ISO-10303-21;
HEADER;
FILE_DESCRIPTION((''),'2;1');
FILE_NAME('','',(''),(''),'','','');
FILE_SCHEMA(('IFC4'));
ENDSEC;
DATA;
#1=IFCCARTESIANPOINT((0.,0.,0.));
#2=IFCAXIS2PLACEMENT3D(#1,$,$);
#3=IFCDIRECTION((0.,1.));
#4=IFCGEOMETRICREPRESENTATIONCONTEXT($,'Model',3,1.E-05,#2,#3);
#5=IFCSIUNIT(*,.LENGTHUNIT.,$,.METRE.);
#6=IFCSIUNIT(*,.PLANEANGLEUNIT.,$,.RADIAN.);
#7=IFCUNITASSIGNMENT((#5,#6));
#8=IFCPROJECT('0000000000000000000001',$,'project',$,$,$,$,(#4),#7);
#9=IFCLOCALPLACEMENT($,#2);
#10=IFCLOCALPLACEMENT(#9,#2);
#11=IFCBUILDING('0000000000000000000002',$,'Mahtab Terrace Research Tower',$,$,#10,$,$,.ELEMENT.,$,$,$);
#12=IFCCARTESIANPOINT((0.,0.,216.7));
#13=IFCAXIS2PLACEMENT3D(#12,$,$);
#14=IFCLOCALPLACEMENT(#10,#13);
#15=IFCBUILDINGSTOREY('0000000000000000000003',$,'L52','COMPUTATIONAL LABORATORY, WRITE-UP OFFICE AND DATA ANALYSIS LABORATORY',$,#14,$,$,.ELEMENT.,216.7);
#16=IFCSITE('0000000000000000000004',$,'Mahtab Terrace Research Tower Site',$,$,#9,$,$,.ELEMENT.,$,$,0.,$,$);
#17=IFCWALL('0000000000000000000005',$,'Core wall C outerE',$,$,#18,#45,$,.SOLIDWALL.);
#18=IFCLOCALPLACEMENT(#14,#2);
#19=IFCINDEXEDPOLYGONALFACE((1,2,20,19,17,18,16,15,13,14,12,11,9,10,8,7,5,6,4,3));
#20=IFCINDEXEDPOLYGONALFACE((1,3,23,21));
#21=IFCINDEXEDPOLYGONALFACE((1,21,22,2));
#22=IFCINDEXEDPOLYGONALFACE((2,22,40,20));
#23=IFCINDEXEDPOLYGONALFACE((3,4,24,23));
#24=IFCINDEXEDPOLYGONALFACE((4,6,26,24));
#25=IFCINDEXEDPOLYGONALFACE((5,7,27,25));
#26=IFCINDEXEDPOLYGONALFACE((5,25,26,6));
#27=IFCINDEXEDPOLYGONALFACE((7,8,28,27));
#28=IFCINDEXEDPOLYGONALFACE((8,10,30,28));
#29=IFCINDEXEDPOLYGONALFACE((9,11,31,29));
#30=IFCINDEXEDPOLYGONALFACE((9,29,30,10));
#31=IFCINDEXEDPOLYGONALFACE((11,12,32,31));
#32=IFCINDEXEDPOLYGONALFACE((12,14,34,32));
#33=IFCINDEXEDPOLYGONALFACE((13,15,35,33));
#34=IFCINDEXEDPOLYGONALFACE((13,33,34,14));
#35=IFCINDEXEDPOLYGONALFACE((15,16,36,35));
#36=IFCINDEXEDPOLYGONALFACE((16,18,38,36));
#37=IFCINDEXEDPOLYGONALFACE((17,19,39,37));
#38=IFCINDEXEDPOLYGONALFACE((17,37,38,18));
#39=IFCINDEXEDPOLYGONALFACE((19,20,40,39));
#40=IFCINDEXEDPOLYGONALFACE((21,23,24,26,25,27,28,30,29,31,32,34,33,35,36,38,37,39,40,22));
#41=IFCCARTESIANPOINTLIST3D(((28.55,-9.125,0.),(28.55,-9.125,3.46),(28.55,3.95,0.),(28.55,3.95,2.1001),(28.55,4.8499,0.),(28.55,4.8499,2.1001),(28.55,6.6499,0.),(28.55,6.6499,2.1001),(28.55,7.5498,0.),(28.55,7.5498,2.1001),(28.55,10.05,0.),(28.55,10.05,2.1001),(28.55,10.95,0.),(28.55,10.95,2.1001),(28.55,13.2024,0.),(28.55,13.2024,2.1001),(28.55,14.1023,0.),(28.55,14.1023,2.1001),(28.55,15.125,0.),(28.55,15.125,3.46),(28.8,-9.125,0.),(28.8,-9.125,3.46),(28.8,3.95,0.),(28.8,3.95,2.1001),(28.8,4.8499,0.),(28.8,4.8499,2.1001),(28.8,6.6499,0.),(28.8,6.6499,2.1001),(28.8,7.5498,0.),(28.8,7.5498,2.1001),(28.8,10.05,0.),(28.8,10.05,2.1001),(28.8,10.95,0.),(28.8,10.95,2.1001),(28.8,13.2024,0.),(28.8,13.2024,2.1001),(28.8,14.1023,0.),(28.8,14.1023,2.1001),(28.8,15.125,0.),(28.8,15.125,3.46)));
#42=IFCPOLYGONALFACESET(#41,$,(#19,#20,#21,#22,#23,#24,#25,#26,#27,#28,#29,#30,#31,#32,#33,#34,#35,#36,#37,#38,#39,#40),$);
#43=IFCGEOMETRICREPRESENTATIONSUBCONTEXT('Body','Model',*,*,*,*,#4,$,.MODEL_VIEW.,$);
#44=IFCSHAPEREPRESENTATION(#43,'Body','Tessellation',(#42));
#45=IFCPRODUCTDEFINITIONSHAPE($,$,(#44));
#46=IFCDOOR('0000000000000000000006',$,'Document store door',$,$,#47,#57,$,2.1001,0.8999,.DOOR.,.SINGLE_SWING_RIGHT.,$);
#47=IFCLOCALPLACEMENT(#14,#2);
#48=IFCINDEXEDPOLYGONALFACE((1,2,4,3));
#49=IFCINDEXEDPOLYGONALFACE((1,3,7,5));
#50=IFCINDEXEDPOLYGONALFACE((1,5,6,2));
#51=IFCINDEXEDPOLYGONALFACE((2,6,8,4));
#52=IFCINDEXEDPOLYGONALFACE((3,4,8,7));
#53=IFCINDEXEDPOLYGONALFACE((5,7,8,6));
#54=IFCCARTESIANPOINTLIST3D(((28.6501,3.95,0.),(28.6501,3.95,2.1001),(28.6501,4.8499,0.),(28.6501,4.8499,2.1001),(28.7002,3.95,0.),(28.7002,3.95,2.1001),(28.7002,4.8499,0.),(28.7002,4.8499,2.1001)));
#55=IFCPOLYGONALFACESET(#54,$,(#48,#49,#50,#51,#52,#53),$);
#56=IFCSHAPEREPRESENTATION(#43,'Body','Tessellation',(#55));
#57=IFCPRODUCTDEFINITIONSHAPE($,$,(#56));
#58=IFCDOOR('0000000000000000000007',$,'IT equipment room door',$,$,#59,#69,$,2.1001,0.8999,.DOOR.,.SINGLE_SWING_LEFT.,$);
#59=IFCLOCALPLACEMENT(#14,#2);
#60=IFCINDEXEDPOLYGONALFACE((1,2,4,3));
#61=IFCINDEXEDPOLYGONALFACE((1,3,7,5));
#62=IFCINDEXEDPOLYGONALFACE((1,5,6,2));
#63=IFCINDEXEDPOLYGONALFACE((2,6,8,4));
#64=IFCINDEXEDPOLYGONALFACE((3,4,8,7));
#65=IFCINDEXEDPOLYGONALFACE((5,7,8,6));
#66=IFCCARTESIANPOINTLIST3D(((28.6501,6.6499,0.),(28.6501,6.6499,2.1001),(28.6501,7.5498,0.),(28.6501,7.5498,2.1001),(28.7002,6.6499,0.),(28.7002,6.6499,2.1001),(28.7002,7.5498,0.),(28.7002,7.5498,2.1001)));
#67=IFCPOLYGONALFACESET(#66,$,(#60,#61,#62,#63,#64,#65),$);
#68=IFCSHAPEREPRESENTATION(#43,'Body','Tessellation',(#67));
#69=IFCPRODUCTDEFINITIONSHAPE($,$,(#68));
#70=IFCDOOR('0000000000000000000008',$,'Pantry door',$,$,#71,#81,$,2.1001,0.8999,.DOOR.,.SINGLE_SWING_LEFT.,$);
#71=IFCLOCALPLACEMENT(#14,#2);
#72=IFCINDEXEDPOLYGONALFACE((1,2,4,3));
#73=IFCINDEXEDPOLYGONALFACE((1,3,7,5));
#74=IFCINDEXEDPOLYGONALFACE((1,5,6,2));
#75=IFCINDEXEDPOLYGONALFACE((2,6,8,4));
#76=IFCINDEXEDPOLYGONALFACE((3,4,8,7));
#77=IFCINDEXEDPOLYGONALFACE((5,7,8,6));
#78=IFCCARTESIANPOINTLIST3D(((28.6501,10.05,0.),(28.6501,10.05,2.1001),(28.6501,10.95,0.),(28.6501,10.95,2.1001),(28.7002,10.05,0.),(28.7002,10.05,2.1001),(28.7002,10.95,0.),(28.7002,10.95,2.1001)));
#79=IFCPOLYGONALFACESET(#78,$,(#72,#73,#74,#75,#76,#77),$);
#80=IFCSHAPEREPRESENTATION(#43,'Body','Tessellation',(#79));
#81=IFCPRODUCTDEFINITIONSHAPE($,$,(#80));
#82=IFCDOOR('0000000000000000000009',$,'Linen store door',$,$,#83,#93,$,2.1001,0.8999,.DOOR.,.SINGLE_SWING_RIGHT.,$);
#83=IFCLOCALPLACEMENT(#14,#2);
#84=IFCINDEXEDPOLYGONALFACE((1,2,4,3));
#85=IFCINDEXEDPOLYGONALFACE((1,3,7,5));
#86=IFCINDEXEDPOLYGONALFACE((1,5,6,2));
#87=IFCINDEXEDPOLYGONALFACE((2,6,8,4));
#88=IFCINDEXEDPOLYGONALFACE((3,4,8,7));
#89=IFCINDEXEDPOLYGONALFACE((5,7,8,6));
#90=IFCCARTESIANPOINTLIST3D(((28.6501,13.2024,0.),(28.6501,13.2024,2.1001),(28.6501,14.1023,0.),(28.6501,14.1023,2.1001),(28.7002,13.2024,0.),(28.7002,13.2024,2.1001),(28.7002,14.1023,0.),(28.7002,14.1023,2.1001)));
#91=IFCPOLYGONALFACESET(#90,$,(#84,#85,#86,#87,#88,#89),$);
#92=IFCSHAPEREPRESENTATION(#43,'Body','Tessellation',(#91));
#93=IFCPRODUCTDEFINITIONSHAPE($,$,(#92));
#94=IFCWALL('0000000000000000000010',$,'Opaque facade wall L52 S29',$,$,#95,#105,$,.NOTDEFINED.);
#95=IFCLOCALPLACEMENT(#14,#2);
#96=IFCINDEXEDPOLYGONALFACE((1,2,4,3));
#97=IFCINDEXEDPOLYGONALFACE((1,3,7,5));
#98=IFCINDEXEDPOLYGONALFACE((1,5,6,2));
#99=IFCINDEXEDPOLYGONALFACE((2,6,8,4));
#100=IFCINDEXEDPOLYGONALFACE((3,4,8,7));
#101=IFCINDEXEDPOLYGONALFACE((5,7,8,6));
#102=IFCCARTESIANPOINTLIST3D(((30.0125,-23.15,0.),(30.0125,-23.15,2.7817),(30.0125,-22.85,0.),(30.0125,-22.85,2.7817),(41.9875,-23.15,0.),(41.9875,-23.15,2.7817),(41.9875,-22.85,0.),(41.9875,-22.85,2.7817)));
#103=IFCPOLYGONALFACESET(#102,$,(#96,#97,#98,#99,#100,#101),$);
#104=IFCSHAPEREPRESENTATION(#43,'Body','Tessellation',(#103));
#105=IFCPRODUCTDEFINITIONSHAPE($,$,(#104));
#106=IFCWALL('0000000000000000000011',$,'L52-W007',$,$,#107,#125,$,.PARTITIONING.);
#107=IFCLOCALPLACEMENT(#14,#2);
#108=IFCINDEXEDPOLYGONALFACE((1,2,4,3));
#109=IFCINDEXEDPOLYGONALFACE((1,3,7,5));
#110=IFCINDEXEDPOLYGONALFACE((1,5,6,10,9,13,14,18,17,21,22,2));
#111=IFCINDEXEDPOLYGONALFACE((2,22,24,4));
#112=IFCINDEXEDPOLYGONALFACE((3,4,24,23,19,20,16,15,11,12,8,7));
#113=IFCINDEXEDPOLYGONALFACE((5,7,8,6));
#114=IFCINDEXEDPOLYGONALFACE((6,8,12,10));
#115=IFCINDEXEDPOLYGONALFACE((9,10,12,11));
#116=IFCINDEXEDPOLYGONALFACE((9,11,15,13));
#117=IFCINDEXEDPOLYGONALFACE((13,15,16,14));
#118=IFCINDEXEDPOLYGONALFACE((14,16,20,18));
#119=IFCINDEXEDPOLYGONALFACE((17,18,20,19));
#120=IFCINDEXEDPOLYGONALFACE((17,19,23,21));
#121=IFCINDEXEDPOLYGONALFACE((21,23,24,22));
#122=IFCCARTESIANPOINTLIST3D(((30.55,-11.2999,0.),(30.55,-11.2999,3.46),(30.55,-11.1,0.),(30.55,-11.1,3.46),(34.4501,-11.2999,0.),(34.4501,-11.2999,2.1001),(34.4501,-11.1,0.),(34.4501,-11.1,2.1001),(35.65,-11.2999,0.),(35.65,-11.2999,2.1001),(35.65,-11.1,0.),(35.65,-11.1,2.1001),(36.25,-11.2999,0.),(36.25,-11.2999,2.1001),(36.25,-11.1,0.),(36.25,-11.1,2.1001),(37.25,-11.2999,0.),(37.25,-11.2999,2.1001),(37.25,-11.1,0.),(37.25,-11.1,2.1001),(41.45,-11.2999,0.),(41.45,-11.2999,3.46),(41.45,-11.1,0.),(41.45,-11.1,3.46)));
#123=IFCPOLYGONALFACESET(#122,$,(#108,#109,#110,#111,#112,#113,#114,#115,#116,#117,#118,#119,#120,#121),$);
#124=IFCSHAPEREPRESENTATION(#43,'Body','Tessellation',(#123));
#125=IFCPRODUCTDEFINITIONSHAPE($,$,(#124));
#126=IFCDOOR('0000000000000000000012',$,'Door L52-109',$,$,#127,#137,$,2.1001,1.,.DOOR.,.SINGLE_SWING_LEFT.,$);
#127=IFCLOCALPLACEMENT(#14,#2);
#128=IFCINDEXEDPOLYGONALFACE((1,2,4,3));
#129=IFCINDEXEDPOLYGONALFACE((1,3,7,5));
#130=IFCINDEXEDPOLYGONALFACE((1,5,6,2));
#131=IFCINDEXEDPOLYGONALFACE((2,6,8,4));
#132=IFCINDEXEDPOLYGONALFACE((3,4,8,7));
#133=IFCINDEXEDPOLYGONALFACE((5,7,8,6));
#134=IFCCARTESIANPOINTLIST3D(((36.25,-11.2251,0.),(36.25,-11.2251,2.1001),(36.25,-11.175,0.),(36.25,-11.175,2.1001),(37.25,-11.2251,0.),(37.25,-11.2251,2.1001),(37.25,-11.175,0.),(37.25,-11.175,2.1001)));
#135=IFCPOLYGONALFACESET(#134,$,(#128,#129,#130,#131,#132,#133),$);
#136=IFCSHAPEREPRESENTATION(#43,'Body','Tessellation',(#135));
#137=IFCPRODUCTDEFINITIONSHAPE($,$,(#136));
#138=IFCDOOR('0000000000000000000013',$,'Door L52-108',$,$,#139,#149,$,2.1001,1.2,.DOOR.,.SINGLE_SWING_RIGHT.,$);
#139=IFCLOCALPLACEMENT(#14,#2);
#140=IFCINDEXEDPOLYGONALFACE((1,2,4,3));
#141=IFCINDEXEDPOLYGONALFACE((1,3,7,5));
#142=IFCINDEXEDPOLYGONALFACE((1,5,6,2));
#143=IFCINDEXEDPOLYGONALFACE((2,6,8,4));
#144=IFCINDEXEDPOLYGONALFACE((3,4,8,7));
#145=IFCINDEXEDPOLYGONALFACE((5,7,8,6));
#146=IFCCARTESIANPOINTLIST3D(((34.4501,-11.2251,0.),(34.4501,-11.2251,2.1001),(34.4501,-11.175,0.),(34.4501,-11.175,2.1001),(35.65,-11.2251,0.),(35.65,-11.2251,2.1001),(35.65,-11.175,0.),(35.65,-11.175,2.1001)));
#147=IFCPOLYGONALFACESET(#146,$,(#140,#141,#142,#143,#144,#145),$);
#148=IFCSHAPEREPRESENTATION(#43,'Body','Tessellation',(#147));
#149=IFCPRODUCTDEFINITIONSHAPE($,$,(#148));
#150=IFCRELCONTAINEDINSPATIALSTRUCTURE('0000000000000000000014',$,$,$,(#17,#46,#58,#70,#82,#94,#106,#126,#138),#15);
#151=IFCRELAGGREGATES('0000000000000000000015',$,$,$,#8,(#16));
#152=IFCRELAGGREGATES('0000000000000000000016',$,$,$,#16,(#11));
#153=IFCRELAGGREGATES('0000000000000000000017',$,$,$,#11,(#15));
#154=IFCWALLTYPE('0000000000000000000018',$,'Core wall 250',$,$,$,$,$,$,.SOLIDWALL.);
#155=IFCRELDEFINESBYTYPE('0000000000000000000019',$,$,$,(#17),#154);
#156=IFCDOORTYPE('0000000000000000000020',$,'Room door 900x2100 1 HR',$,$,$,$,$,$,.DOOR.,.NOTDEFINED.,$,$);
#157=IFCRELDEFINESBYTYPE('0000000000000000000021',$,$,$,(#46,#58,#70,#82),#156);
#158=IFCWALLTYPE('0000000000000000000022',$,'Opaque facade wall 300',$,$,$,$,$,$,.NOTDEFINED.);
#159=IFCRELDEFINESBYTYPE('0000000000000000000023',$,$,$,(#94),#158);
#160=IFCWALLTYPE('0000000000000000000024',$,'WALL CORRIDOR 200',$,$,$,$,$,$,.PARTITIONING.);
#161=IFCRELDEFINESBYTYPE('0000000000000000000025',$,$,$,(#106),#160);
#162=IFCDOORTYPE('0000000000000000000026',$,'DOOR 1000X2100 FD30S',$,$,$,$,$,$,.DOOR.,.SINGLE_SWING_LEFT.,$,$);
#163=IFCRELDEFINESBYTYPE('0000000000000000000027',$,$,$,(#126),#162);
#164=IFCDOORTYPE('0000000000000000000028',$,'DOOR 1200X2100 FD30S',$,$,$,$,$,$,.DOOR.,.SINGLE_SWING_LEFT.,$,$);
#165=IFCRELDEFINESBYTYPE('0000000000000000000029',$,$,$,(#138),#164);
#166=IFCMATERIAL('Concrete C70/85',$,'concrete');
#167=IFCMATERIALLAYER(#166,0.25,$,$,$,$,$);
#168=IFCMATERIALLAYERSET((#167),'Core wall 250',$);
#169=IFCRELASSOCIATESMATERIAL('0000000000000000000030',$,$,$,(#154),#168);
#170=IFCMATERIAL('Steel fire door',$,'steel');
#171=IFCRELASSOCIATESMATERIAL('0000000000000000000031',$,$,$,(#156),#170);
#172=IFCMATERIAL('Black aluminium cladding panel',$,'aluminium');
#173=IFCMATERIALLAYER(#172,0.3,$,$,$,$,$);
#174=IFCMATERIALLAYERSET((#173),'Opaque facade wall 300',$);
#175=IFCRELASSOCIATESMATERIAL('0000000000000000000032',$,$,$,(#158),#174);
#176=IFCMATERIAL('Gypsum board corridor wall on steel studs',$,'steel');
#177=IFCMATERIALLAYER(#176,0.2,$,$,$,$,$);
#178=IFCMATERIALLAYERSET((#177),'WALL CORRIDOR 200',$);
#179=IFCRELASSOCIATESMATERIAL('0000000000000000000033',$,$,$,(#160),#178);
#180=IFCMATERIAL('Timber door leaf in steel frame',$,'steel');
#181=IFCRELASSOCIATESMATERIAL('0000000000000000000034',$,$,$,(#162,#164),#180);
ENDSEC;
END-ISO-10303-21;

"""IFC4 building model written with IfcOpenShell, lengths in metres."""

from ifc_helpers import new_model, si_unit, direction, frame, frame_2d, origin, place, context, subcontext, project, spatial, rectangle, extrude, material, layer, layer_set, type_object, element, fill, save


model = new_model("IFC4")

# Units and contexts
model_context = context("Model", 3, precision=1e-05, world=origin(), true_north=direction((0.0, 1.0)))
body_context = subcontext(model_context, "Body", "Model", "MODEL_VIEW")
ifc_project = project(units=[si_unit("LENGTHUNIT", "METRE"), si_unit("PLANEANGLEUNIT", "RADIAN")], contexts=[model_context])

# Site, building, storey
site_placement = place(None, origin())
site = spatial("IfcSite", under=ifc_project, at=site_placement, Name="Mahtab Terrace Research Tower Site", CompositionType="ELEMENT", RefElevation=0.0)
building_placement = place(site_placement, origin())
building = spatial("IfcBuilding", under=site, at=building_placement, Name="Mahtab Terrace Research Tower", CompositionType="ELEMENT")
storey_placement = place(building_placement, frame((0.0, 0.0, 216.7)))
storey = spatial("IfcBuildingStorey", under=building, at=storey_placement, Name="L52", Description="COMPUTATIONAL LABORATORY, WRITE-UP OFFICE AND DATA ANALYSIS LABORATORY", CompositionType="ELEMENT", Elevation=216.7)

# Shared definitions
ifc_material_1 = material(Name="Concrete C70/85", Category="concrete")

# Wall, openings, doors
ifc_layer_1 = layer(ifc_material_1, 0.25)
ifc_layer_set_1 = layer_set([ifc_layer_1], Name="Core wall 250")
wall_type_1 = type_object("IfcWallType", Name="Core wall 250", PredefinedType="SOLIDWALL", material=ifc_layer_set_1)
wall_1_placement = place(storey_placement, frame((28.675, -9.125, 0.0), z_axis=(0.0, 0.0, 1.0), x_axis=(0.0, 1.0, 0.0)))
wall_1 = element("IfcWall", 1, at=wall_1_placement, inside=storey, type_object=wall_type_1, Name="Core wall C outerE", PredefinedType="SOLIDWALL", context=body_context, shape_type="SweptSolid", body=[
    extrude(rectangle(XDim=24.25, YDim=0.25, at=frame_2d((12.125, 0.0))), origin(), (0.0, 0.0, 1.0), 3.46),
])
opening_1_placement = place(wall_1_placement, frame((13.075, 0.0, 0.0)))
opening_1 = element("IfcOpeningElement", 2, at=opening_1_placement, cuts=wall_1, PredefinedType="OPENING", context=body_context, shape_type="SweptSolid", body=[
    extrude(rectangle(XDim=0.8999, YDim=2.1001, at=frame_2d((0.45, 1.05))), frame((0.0, 0.135, 0.0), z_axis=(0.0, -1.0, 0.0), x_axis=(1.0, 0.0, 0.0)), (0.0, 0.0, 1.0), 0.27),
])
opening_2_placement = place(wall_1_placement, frame((15.7749, 0.0, 0.0)))
opening_2 = element("IfcOpeningElement", 3, at=opening_2_placement, cuts=wall_1, PredefinedType="OPENING", context=body_context, shape_type="SweptSolid", body=[
    extrude(rectangle(XDim=0.8999, YDim=2.1001, at=frame_2d((0.45, 1.05))), frame((0.0, 0.135, 0.0), z_axis=(0.0, -1.0, 0.0), x_axis=(1.0, 0.0, 0.0)), (0.0, 0.0, 1.0), 0.27),
])
opening_3_placement = place(wall_1_placement, frame((19.175, 0.0, 0.0)))
opening_3 = element("IfcOpeningElement", 4, at=opening_3_placement, cuts=wall_1, PredefinedType="OPENING", context=body_context, shape_type="SweptSolid", body=[
    extrude(rectangle(XDim=0.8999, YDim=2.1001, at=frame_2d((0.45, 1.05))), frame((0.0, 0.135, 0.0), z_axis=(0.0, -1.0, 0.0), x_axis=(1.0, 0.0, 0.0)), (0.0, 0.0, 1.0), 0.27),
])
opening_4_placement = place(wall_1_placement, frame((22.3274, 0.0, 0.0)))
opening_4 = element("IfcOpeningElement", 5, at=opening_4_placement, cuts=wall_1, PredefinedType="OPENING", context=body_context, shape_type="SweptSolid", body=[
    extrude(rectangle(XDim=0.8999, YDim=2.1001, at=frame_2d((0.45, 1.05))), frame((0.0, 0.135, 0.0), z_axis=(0.0, -1.0, 0.0), x_axis=(1.0, 0.0, 0.0)), (0.0, 0.0, 1.0), 0.27),
])
ifc_material_2 = material(Name="Steel fire door", Category="steel")
door_type_1 = type_object("IfcDoorType", Name="Room door 900x2100 1 HR", OperationType="NOTDEFINED", PredefinedType="DOOR", material=ifc_material_2)
door_1_placement = place(opening_1_placement, origin())
door_1 = element("IfcDoor", 6, at=door_1_placement, inside=storey, type_object=door_type_1, Name="Document store door", OperationType="SINGLE_SWING_RIGHT", OverallHeight=2.1001, OverallWidth=0.8999, PredefinedType="DOOR", context=body_context, shape_type="SweptSolid", body=[
    extrude(rectangle(XDim=0.8999, YDim=2.1001, at=frame_2d((0.45, 1.05))), frame((0.0, 0.0249, 0.0), z_axis=(0.0, -1.0, 0.0), x_axis=(1.0, 0.0, 0.0)), (0.0, 0.0, 1.0), 0.05),
])
fill(opening_1, door_1)
door_2_placement = place(opening_2_placement, origin())
door_2 = element("IfcDoor", 7, at=door_2_placement, inside=storey, type_object=door_type_1, Name="IT equipment room door", OperationType="SINGLE_SWING_LEFT", OverallHeight=2.1001, OverallWidth=0.8999, PredefinedType="DOOR", context=body_context, shape_type="SweptSolid", body=[
    extrude(rectangle(XDim=0.8999, YDim=2.1001, at=frame_2d((0.45, 1.05))), frame((0.0, 0.0249, 0.0), z_axis=(0.0, -1.0, 0.0), x_axis=(1.0, 0.0, 0.0)), (0.0, 0.0, 1.0), 0.05),
])
fill(opening_2, door_2)
door_3_placement = place(opening_3_placement, origin())
door_3 = element("IfcDoor", 8, at=door_3_placement, inside=storey, type_object=door_type_1, Name="Pantry door", OperationType="SINGLE_SWING_LEFT", OverallHeight=2.1001, OverallWidth=0.8999, PredefinedType="DOOR", context=body_context, shape_type="SweptSolid", body=[
    extrude(rectangle(XDim=0.8999, YDim=2.1001, at=frame_2d((0.45, 1.05))), frame((0.0, 0.0249, 0.0), z_axis=(0.0, -1.0, 0.0), x_axis=(1.0, 0.0, 0.0)), (0.0, 0.0, 1.0), 0.05),
])
fill(opening_3, door_3)
door_4_placement = place(opening_4_placement, origin())
door_4 = element("IfcDoor", 9, at=door_4_placement, inside=storey, type_object=door_type_1, Name="Linen store door", OperationType="SINGLE_SWING_RIGHT", OverallHeight=2.1001, OverallWidth=0.8999, PredefinedType="DOOR", context=body_context, shape_type="SweptSolid", body=[
    extrude(rectangle(XDim=0.8999, YDim=2.1001, at=frame_2d((0.45, 1.05))), frame((0.0, 0.0249, 0.0), z_axis=(0.0, -1.0, 0.0), x_axis=(1.0, 0.0, 0.0)), (0.0, 0.0, 1.0), 0.05),
])
fill(opening_4, door_4)

# Wall
ifc_material_3 = material(Name="Black aluminium cladding panel", Category="aluminium")
ifc_layer_2 = layer(ifc_material_3, 0.3)
ifc_layer_set_2 = layer_set([ifc_layer_2], Name="Opaque facade wall 300")
wall_type_2 = type_object("IfcWallType", Name="Opaque facade wall 300", PredefinedType="NOTDEFINED", material=ifc_layer_set_2)
wall_2_placement = place(storey_placement, frame((30.0125, -23.0, 0.0), z_axis=(0.0, 0.0, 1.0), x_axis=(1.0, 0.0, 0.0)))
element("IfcWall", 10, at=wall_2_placement, inside=storey, type_object=wall_type_2, Name="Opaque facade wall L52 S29", PredefinedType="NOTDEFINED", context=body_context, shape_type="SweptSolid", body=[
    extrude(rectangle(XDim=11.9751, YDim=0.3, at=frame_2d((5.9875, 0.0))), origin(), (0.0, 0.0, 1.0), 2.7817),
])

# Wall, openings, doors
ifc_material_4 = material(Name="Gypsum board corridor wall on steel studs", Category="steel")
ifc_layer_3 = layer(ifc_material_4, 0.2)
ifc_layer_set_3 = layer_set([ifc_layer_3], Name="WALL CORRIDOR 200")
wall_type_3 = type_object("IfcWallType", Name="WALL CORRIDOR 200", PredefinedType="PARTITIONING", material=ifc_layer_set_3)
wall_3_placement = place(storey_placement, frame((30.55, -11.2, 0.0), z_axis=(0.0, 0.0, 1.0), x_axis=(1.0, 0.0, 0.0)))
wall_3 = element("IfcWall", 11, at=wall_3_placement, inside=storey, type_object=wall_type_3, Name="L52-W007", PredefinedType="PARTITIONING", context=body_context, shape_type="SweptSolid", body=[
    extrude(rectangle(XDim=10.8999, YDim=0.2, at=frame_2d((5.45, 0.0))), origin(), (0.0, 0.0, 1.0), 3.46),
])
opening_5_placement = place(wall_3_placement, frame((3.8999, 0.0, 0.0)))
opening_5 = element("IfcOpeningElement", 12, at=opening_5_placement, cuts=wall_3, PredefinedType="OPENING", context=body_context, shape_type="SweptSolid", body=[
    extrude(rectangle(XDim=1.2, YDim=2.1001, at=frame_2d((0.6001, 1.05))), frame((0.0, 0.1099, 0.0), z_axis=(0.0, -1.0, 0.0), x_axis=(1.0, 0.0, 0.0)), (0.0, 0.0, 1.0), 0.22),
])
opening_6_placement = place(wall_3_placement, frame((5.7, 0.0, 0.0)))
opening_6 = element("IfcOpeningElement", 13, at=opening_6_placement, cuts=wall_3, PredefinedType="OPENING", context=body_context, shape_type="SweptSolid", body=[
    extrude(rectangle(XDim=1.0, YDim=2.1001, at=frame_2d((0.5, 1.05))), frame((0.0, 0.1099, 0.0), z_axis=(0.0, -1.0, 0.0), x_axis=(1.0, 0.0, 0.0)), (0.0, 0.0, 1.0), 0.22),
])
ifc_material_5 = material(Name="Timber door leaf in steel frame", Category="steel")
door_type_2 = type_object("IfcDoorType", Name="DOOR 1000X2100 FD30S", OperationType="SINGLE_SWING_LEFT", PredefinedType="DOOR", material=ifc_material_5)
door_5_placement = place(opening_6_placement, origin())
door_5 = element("IfcDoor", 14, at=door_5_placement, inside=storey, type_object=door_type_2, Name="Door L52-109", OperationType="SINGLE_SWING_LEFT", OverallHeight=2.1001, OverallWidth=1.0, PredefinedType="DOOR", context=body_context, shape_type="SweptSolid", body=[
    extrude(rectangle(XDim=1.0, YDim=2.1001, at=frame_2d((0.5, 1.05))), frame((0.0, 0.0249, 0.0), z_axis=(0.0, -1.0, 0.0), x_axis=(1.0, 0.0, 0.0)), (0.0, 0.0, 1.0), 0.05),
])
fill(opening_6, door_5)
door_type_3 = type_object("IfcDoorType", Name="DOOR 1200X2100 FD30S", OperationType="SINGLE_SWING_LEFT", PredefinedType="DOOR", material=ifc_material_5)
door_6_placement = place(opening_5_placement, origin())
door_6 = element("IfcDoor", 15, at=door_6_placement, inside=storey, type_object=door_type_3, Name="Door L52-108", OperationType="SINGLE_SWING_RIGHT", OverallHeight=2.1001, OverallWidth=1.2, PredefinedType="DOOR", context=body_context, shape_type="SweptSolid", body=[
    extrude(rectangle(XDim=1.2, YDim=2.1001, at=frame_2d((0.6001, 1.05))), frame((0.0, 0.0249, 0.0), z_axis=(0.0, -1.0, 0.0), x_axis=(1.0, 0.0, 0.0)), (0.0, 0.0, 1.0), 0.05),
])
fill(opening_5, door_6)

save(model, "model.ifc")
